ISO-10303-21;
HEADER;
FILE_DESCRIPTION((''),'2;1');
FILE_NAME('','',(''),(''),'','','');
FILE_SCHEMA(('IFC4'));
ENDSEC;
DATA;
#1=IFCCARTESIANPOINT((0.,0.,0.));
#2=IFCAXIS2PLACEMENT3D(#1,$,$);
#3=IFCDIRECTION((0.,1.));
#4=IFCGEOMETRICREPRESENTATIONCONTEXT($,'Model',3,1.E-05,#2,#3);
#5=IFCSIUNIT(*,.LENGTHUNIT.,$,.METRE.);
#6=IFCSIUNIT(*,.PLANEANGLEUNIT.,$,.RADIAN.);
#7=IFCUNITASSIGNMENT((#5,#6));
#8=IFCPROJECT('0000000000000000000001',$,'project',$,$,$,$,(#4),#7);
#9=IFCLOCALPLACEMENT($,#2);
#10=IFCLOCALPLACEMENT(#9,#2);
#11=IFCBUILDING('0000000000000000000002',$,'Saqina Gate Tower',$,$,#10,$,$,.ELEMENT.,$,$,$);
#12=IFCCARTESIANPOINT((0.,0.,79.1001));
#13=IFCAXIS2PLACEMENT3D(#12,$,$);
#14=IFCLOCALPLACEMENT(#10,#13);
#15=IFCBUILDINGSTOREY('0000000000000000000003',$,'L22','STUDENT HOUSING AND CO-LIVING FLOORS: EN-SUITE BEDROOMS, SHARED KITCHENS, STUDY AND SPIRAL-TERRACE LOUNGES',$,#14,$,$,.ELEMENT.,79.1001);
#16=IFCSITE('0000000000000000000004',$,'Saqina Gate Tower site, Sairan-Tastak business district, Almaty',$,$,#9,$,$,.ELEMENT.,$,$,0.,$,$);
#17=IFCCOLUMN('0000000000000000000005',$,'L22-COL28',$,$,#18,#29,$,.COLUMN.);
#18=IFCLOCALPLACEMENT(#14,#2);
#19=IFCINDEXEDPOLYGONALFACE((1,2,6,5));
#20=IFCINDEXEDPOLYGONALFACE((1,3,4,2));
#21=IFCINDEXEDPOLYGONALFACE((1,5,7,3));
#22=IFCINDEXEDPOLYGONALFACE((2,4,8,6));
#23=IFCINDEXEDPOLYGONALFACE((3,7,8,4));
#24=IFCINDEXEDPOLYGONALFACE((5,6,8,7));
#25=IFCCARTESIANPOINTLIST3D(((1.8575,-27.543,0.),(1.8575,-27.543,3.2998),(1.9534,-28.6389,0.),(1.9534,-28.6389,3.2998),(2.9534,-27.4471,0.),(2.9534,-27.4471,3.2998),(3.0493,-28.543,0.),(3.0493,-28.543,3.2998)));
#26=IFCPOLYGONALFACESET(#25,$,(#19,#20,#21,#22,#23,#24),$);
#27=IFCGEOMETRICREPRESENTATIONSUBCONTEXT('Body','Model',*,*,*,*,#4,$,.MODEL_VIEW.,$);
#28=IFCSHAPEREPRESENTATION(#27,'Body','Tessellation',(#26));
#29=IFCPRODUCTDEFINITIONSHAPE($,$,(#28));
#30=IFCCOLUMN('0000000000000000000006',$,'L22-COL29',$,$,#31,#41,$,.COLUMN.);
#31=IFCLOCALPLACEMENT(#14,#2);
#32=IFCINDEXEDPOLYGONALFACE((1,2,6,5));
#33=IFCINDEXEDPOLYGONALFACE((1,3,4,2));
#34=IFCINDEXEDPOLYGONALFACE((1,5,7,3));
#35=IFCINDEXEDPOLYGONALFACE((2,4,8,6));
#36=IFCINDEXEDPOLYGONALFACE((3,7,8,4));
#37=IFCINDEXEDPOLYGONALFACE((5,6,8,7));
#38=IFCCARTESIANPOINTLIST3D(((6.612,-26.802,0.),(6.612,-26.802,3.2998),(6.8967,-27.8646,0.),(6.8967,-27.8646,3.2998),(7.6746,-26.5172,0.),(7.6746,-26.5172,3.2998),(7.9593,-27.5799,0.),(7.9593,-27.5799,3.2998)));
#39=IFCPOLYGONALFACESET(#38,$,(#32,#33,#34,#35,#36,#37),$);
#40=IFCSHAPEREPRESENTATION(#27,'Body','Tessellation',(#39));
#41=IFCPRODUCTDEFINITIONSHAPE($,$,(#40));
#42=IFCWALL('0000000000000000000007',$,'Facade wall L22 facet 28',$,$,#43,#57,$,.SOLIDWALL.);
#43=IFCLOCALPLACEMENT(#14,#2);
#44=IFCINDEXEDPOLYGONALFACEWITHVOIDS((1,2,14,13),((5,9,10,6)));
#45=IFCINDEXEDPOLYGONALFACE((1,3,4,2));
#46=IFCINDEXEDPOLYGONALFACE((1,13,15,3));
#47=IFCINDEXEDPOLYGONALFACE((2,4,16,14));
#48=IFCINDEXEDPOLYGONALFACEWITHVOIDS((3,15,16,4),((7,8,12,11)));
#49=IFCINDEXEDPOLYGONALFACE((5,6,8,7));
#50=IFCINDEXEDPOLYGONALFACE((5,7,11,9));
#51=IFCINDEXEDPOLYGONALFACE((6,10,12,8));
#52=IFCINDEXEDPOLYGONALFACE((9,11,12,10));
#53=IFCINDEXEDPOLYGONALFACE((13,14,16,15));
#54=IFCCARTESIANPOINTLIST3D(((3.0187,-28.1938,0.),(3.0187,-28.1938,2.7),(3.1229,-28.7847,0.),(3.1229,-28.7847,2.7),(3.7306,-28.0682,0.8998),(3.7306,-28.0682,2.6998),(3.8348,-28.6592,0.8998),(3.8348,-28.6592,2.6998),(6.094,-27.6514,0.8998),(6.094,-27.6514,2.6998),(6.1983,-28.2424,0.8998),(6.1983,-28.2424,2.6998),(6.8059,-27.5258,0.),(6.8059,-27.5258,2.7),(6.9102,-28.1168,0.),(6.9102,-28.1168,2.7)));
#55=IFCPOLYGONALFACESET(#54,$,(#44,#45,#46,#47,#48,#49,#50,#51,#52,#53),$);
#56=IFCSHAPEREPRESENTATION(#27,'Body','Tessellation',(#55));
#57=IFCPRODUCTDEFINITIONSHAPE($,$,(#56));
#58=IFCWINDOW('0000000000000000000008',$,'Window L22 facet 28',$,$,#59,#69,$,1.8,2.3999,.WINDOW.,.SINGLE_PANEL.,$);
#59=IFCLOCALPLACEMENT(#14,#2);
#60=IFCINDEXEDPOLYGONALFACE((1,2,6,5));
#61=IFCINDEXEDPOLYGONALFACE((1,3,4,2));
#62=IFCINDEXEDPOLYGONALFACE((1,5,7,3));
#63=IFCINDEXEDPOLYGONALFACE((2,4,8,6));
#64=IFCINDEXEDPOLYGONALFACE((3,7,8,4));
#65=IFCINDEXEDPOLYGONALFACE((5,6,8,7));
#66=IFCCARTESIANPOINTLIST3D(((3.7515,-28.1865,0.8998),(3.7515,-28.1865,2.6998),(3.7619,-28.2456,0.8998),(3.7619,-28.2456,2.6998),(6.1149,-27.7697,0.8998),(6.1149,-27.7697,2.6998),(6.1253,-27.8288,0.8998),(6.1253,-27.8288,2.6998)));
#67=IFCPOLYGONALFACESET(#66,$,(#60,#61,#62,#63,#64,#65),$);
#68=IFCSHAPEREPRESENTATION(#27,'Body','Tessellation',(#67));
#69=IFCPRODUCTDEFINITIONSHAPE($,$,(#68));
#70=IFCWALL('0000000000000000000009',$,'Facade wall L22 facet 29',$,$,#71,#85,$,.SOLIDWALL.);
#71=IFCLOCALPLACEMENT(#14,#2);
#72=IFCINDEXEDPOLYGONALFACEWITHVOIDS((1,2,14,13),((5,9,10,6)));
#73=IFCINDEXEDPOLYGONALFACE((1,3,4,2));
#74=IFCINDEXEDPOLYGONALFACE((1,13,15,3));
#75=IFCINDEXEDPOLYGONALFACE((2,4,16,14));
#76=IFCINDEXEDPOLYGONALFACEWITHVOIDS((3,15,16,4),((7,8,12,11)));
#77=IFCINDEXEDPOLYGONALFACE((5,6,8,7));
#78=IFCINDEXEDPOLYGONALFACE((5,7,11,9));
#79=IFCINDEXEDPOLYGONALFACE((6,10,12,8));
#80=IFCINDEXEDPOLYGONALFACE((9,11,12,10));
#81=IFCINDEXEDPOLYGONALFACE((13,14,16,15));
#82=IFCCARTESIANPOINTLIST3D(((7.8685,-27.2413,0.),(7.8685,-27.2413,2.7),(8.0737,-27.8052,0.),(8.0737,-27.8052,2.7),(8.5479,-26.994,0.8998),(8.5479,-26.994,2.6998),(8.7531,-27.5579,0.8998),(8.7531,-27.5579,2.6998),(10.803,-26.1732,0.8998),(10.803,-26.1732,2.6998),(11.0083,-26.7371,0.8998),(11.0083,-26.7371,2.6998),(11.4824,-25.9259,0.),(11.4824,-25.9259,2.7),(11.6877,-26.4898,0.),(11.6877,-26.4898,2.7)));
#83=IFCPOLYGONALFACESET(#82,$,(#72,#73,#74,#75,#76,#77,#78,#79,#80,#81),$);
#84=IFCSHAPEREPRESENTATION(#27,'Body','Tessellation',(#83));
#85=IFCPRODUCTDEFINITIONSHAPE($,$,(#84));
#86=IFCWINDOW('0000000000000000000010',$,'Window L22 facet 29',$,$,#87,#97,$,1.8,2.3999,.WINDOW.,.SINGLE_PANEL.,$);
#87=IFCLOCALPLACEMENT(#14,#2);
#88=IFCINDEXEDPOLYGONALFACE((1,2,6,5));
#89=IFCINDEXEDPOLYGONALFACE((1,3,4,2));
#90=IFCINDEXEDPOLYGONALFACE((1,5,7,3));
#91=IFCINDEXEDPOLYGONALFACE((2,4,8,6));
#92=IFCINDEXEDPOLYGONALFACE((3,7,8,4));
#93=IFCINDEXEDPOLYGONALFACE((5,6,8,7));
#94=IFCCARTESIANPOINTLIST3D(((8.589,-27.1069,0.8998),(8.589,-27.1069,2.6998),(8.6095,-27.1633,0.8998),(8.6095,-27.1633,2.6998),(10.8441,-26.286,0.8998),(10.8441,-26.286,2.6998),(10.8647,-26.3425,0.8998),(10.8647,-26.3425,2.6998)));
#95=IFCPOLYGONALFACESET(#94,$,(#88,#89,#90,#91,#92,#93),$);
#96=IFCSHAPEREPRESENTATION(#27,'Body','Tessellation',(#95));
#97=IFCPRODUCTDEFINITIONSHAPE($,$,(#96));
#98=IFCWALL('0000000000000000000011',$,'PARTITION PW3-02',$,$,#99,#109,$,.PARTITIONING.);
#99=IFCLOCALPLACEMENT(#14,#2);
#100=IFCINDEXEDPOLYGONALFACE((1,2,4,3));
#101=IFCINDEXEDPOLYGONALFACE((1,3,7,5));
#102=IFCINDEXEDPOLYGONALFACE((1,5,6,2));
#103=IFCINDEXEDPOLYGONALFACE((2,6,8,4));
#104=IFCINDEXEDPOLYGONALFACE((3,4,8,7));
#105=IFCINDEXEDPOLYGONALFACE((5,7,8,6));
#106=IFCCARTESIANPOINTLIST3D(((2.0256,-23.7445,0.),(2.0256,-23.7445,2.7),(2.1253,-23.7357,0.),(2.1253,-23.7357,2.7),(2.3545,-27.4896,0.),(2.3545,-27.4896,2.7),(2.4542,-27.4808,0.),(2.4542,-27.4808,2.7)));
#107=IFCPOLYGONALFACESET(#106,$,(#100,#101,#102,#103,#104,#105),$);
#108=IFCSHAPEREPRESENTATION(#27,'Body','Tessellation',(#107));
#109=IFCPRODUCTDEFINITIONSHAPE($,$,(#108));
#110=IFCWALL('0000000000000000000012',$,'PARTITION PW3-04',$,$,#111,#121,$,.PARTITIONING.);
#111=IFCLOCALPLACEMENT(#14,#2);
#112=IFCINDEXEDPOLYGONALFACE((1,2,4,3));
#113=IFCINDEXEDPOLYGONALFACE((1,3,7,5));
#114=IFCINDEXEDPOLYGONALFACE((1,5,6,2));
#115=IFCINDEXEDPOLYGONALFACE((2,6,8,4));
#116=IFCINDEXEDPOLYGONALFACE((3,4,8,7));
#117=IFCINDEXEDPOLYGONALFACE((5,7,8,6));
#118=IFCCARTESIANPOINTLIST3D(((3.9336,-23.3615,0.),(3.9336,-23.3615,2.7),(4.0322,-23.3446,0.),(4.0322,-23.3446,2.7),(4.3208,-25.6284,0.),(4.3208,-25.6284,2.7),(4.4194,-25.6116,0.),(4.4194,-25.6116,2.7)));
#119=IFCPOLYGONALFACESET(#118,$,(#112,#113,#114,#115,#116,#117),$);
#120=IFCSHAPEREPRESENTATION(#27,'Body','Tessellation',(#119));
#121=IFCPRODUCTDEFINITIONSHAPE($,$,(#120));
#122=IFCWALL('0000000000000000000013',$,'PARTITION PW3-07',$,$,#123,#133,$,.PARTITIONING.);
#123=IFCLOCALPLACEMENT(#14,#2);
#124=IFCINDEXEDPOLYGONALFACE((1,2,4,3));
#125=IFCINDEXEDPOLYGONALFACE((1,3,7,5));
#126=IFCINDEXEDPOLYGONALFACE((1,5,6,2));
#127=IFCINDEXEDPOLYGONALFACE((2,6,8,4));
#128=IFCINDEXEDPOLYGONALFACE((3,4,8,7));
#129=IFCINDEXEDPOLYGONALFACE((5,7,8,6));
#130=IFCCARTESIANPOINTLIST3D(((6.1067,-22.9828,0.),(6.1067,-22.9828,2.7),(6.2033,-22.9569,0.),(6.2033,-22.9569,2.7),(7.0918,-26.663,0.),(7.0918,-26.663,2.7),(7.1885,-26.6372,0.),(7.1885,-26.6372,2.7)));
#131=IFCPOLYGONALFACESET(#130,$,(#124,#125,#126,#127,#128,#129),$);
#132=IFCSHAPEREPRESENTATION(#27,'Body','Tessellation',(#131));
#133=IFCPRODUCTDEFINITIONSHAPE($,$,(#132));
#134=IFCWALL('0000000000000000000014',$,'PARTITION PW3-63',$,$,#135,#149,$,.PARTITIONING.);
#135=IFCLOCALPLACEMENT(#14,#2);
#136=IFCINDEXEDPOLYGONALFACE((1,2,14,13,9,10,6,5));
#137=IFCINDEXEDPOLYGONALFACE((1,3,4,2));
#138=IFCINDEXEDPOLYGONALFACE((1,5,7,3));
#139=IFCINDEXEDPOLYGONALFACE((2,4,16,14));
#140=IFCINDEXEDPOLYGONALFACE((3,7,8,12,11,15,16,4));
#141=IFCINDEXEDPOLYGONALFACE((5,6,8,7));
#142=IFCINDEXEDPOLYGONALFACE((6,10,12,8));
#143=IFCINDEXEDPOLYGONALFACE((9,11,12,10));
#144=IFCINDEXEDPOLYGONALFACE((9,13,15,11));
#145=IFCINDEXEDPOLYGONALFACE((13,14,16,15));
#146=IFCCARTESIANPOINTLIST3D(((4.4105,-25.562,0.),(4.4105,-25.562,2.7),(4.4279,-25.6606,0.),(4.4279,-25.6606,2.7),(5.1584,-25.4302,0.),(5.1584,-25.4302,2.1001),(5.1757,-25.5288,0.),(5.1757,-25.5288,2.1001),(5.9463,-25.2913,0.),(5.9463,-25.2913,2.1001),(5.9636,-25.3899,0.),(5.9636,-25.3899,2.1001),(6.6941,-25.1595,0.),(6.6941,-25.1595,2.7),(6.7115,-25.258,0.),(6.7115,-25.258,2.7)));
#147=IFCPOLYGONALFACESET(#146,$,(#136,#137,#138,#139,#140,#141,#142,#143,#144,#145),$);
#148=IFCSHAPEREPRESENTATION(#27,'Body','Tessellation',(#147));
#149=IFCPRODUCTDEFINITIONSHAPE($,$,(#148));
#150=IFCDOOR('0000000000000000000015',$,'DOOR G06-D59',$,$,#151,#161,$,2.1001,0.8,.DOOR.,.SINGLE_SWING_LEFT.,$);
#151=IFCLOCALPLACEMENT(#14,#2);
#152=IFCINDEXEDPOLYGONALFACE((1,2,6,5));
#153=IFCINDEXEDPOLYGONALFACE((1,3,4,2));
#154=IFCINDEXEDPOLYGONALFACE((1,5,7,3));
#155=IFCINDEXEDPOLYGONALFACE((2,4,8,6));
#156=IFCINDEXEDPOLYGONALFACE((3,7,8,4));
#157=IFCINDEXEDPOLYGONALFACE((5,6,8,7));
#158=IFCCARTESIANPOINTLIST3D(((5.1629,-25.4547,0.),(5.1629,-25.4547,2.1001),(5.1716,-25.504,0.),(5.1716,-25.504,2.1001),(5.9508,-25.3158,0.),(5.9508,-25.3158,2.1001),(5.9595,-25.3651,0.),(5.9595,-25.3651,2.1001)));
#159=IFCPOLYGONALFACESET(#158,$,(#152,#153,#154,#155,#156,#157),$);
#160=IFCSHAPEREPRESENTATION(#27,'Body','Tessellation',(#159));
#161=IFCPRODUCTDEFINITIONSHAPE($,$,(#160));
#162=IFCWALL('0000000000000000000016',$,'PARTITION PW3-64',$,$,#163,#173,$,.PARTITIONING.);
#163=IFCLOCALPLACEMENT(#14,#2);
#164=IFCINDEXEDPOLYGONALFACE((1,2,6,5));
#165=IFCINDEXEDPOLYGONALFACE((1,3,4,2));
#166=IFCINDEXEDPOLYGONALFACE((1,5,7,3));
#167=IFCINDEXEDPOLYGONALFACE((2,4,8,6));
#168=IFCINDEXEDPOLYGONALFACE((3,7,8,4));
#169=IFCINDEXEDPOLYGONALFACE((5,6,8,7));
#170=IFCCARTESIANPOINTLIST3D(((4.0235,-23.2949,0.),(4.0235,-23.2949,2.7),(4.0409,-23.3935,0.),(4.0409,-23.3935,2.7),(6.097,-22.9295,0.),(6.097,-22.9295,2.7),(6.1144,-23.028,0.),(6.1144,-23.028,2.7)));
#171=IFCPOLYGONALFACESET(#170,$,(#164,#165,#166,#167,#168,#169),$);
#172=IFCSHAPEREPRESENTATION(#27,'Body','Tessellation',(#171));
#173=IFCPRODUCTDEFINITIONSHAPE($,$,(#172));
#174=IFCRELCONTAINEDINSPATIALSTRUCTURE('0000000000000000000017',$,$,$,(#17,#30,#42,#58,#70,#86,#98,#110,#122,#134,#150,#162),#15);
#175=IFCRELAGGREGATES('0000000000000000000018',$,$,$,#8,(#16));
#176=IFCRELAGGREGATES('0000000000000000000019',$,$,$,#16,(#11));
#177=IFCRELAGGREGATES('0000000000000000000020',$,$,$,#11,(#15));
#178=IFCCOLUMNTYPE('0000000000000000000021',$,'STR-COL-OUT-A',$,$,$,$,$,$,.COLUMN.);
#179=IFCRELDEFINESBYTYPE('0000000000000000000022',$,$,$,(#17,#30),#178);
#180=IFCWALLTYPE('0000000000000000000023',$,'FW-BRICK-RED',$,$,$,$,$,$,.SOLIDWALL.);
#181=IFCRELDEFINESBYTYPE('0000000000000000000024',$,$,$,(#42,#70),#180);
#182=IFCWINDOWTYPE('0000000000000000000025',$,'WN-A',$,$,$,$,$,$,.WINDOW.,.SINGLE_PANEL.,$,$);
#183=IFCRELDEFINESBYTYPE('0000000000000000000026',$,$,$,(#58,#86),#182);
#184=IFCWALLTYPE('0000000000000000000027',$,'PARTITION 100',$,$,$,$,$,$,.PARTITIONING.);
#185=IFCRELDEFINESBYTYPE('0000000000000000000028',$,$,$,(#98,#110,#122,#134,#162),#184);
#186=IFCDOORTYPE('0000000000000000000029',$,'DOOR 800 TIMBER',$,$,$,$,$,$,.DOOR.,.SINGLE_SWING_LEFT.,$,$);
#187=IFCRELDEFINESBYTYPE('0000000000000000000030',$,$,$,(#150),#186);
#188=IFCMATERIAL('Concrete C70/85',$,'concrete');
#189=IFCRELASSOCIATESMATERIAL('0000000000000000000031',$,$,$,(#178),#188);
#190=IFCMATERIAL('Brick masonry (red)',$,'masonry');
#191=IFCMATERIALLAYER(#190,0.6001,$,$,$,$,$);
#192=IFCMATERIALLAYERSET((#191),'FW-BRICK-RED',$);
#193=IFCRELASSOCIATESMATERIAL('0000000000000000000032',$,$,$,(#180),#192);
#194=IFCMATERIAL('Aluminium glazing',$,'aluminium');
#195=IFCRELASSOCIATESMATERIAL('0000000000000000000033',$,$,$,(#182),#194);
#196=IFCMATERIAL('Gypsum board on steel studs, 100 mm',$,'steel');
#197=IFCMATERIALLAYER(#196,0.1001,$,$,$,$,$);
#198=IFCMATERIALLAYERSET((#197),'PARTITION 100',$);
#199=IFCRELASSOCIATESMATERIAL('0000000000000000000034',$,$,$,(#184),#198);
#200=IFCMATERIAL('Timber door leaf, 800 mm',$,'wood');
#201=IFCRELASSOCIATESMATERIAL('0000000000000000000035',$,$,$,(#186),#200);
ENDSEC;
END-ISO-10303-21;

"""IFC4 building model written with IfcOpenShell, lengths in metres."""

from ifc_helpers import new_model, si_unit, direction, frame, frame_2d, origin, origin_2d, place, context, subcontext, project, spatial, rectangle, extrude, material, layer, layer_set, material_profile, profile_set, type_object, element, fill, save


model = new_model("IFC4")

# Units and contexts
model_context = context("Model", 3, precision=1e-05, world=origin(), true_north=direction((0.0, 1.0)))
body_context = subcontext(model_context, "Body", "Model", "MODEL_VIEW")
ifc_project = project(units=[si_unit("LENGTHUNIT", "METRE"), si_unit("PLANEANGLEUNIT", "RADIAN")], contexts=[model_context])

# Site, building, storey
site_placement = place(None, origin())
site = spatial("IfcSite", under=ifc_project, at=site_placement, Name="Saqina Gate Tower site, Sairan-Tastak business district, Almaty", CompositionType="ELEMENT", RefElevation=0.0)
building_placement = place(site_placement, origin())
building = spatial("IfcBuilding", under=site, at=building_placement, Name="Saqina Gate Tower", CompositionType="ELEMENT")
storey_placement = place(building_placement, frame((0.0, 0.0, 79.1001)))
storey = spatial("IfcBuildingStorey", under=building, at=storey_placement, Name="L22", Description="STUDENT HOUSING AND CO-LIVING FLOORS: EN-SUITE BEDROOMS, SHARED KITCHENS, STUDY AND SPIRAL-TERRACE LOUNGES", CompositionType="ELEMENT", Elevation=79.1001)

# Columns
ifc_material_1 = material(Name="Concrete C70/85", Category="concrete")
ifc_material_profile = material_profile(ifc_material_1, rectangle(XDim=1.1001, YDim=1.1001, at=origin_2d()), Name="RC 1100x1100")
ifc_profile_set = profile_set([ifc_material_profile], Name="Concrete C70/85")
column_type = type_object("IfcColumnType", Name="STR-COL-OUT-A", PredefinedType="COLUMN", material=ifc_profile_set)
for number, where, z_axis, x_axis, name in (
    (1, (2.4534, -28.043, 0.0), (0.0, 0.0, 1.0), (0.087156, -0.996195, 0.0), "L22-COL28"),
    (2, (7.2856, -27.1909, 0.0), (0.0, 0.0, 1.0), (0.258819, -0.965926, 0.0), "L22-COL29"),
):
    element("IfcColumn", number, at=place(storey_placement, frame(where, z_axis=z_axis, x_axis=x_axis)), inside=storey, type_object=column_type, Name=name, PredefinedType="COLUMN", context=body_context, shape_type="SweptSolid", body=[
        extrude(rectangle(XDim=1.1001, YDim=1.1001, at=origin_2d()), origin(), (0.0, 0.0, 1.0), 3.2998),
    ])

# Walls, openings, windows
ifc_material_2 = material(Name="Brick masonry (red)", Category="masonry")
ifc_layer_1 = layer(ifc_material_2, 0.6001)
ifc_layer_set_1 = layer_set([ifc_layer_1], Name="FW-BRICK-RED")
wall_type_1 = type_object("IfcWallType", Name="FW-BRICK-RED", PredefinedType="SOLIDWALL", material=ifc_layer_set_1)
wall_1_placement = place(storey_placement, frame((3.0708, -28.4893, 0.0), z_axis=(0.0, 0.0, 1.0), x_axis=(0.984801, 0.173688, 0.0)))
wall_1 = element("IfcWall", 3, at=wall_1_placement, inside=storey, type_object=wall_type_1, Name="Facade wall L22 facet 28", PredefinedType="SOLIDWALL", context=body_context, shape_type="SweptSolid", body=[
    extrude(rectangle(XDim=3.8457, YDim=0.6001, at=frame_2d((1.9229, 0.0))), origin(), (0.0, 0.0, 1.0), 2.7),
])
opening_1_placement = place(wall_1_placement, frame((0.7229, 0.0, 0.8999)))
opening_1 = element("IfcOpeningElement", 4, at=opening_1_placement, cuts=wall_1, PredefinedType="OPENING", context=body_context, shape_type="SweptSolid", body=[
    extrude(rectangle(XDim=2.3999, YDim=1.8, at=frame_2d((1.2, 0.8999))), frame((0.0, 0.312, 0.0), z_axis=(0.0, -1.0, 0.0), x_axis=(1.0, 0.0, 0.0)), (0.0, 0.0, 1.0), 0.624),
])
ifc_material_3 = material(Name="Aluminium glazing", Category="aluminium")
window_type = type_object("IfcWindowType", Name="WN-A", PartitioningType="SINGLE_PANEL", PredefinedType="WINDOW", material=ifc_material_3)
window_1_placement = place(opening_1_placement, origin())
window_1 = element("IfcWindow", 5, at=window_1_placement, inside=storey, type_object=window_type, Name="Window L22 facet 28", OverallHeight=1.8, OverallWidth=2.3999, PartitioningType="SINGLE_PANEL", PredefinedType="WINDOW", context=body_context, shape_type="SweptSolid", body=[
    extrude(rectangle(XDim=2.3999, YDim=1.8, at=frame_2d((1.2, 0.8999))), frame((0.0, 0.1799, 0.0), z_axis=(0.0, -1.0, 0.0), x_axis=(1.0, 0.0, 0.0)), (0.0, 0.0, 1.0), 0.0601),
])
fill(opening_1, window_1)
wall_2_placement = place(storey_placement, frame((7.9712, -27.5232, 0.0), z_axis=(0.0, 0.0, 1.0), x_axis=(0.93969, 0.342028, 0.0)))
wall_2 = element("IfcWall", 6, at=wall_2_placement, inside=storey, type_object=wall_type_1, Name="Facade wall L22 facet 29", PredefinedType="SOLIDWALL", context=body_context, shape_type="SweptSolid", body=[
    extrude(rectangle(XDim=3.8459, YDim=0.6001, at=frame_2d((1.9229, 0.0))), origin(), (0.0, 0.0, 1.0), 2.7),
])
opening_2_placement = place(wall_2_placement, frame((0.7229, 0.0, 0.8999)))
opening_2 = element("IfcOpeningElement", 7, at=opening_2_placement, cuts=wall_2, PredefinedType="OPENING", context=body_context, shape_type="SweptSolid", body=[
    extrude(rectangle(XDim=2.3999, YDim=1.8, at=frame_2d((1.2, 0.8999))), frame((0.0, 0.312, 0.0), z_axis=(0.0, -1.0, 0.0), x_axis=(1.0, 0.0, 0.0)), (0.0, 0.0, 1.0), 0.624),
])
window_2_placement = place(opening_2_placement, origin())
window_2 = element("IfcWindow", 8, at=window_2_placement, inside=storey, type_object=window_type, Name="Window L22 facet 29", OverallHeight=1.8, OverallWidth=2.3999, PartitioningType="SINGLE_PANEL", PredefinedType="WINDOW", context=body_context, shape_type="SweptSolid", body=[
    extrude(rectangle(XDim=2.3999, YDim=1.8, at=frame_2d((1.2, 0.8999))), frame((0.0, 0.1799, 0.0), z_axis=(0.0, -1.0, 0.0), x_axis=(1.0, 0.0, 0.0)), (0.0, 0.0, 1.0), 0.0601),
])
fill(opening_2, window_2)

# Walls
ifc_material_4 = material(Name="Gypsum board on steel studs, 100 mm", Category="steel")
ifc_layer_2 = layer(ifc_material_4, 0.1001)
ifc_layer_set_2 = layer_set([ifc_layer_2], Name="PARTITION 100")
wall_type_2 = type_object("IfcWallType", Name="PARTITION 100", PredefinedType="PARTITIONING", material=ifc_layer_set_2)
wall_3_placement = place(storey_placement, frame((2.0754, -23.74, 0.0), z_axis=(0.0, 0.0, 1.0), x_axis=(0.087473, -0.996167, 0.0)))
element("IfcWall", 9, at=wall_3_placement, inside=storey, type_object=wall_type_2, Name="PARTITION PW3-02", PredefinedType="PARTITIONING", context=body_context, shape_type="SweptSolid", body=[
    extrude(rectangle(XDim=3.7595, YDim=0.1001, at=frame_2d((1.8799, 0.0))), origin(), (0.0, 0.0, 1.0), 2.7),
])
wall_4_placement = place(storey_placement, frame((3.9829, -23.353, 0.0), z_axis=(0.0, 0.0, 1.0), x_axis=(0.168357, -0.985726, 0.0)))
element("IfcWall", 10, at=wall_4_placement, inside=storey, type_object=wall_type_2, Name="PARTITION PW3-04", PredefinedType="PARTITIONING", context=body_context, shape_type="SweptSolid", body=[
    extrude(rectangle(XDim=2.2998, YDim=0.1001, at=frame_2d((1.1499, 0.0))), origin(), (0.0, 0.0, 1.0), 2.7),
])
wall_5_placement = place(storey_placement, frame((6.155, -22.97, 0.0), z_axis=(0.0, 0.0, 1.0), x_axis=(0.258576, -0.965991, 0.0)))
element("IfcWall", 11, at=wall_5_placement, inside=storey, type_object=wall_type_2, Name="PARTITION PW3-07", PredefinedType="PARTITIONING", context=body_context, shape_type="SweptSolid", body=[
    extrude(rectangle(XDim=3.8098, YDim=0.1001, at=frame_2d((1.9048, 0.0))), origin(), (0.0, 0.0, 1.0), 2.7),
])

# Wall, opening, door
wall_6_placement = place(storey_placement, frame((4.4192, -25.6113, 0.0), z_axis=(0.0, 0.0, 1.0), x_axis=(0.984814, 0.173611, 0.0)))
wall_6 = element("IfcWall", 12, at=wall_6_placement, inside=storey, type_object=wall_type_2, Name="PARTITION PW3-63", PredefinedType="PARTITIONING", context=body_context, shape_type="SweptSolid", body=[
    extrude(rectangle(XDim=2.3188, YDim=0.1001, at=frame_2d((1.1594, 0.0))), origin(), (0.0, 0.0, 1.0), 2.7),
])
opening_3_placement = place(wall_6_placement, frame((0.7595, 0.0, 0.0)))
opening_3 = element("IfcOpeningElement", 13, at=opening_3_placement, cuts=wall_6, PredefinedType="OPENING", context=body_context, shape_type="SweptSolid", body=[
    extrude(rectangle(XDim=0.8, YDim=2.1001, at=frame_2d((0.3999, 1.05))), frame((0.0, 0.062, 0.0), z_axis=(0.0, -1.0, 0.0), x_axis=(1.0, 0.0, 0.0)), (0.0, 0.0, 1.0), 0.124),
])
ifc_material_5 = material(Name="Timber door leaf, 800 mm", Category="wood")
door_type_1 = type_object("IfcDoorType", Name="DOOR 800 TIMBER", OperationType="SINGLE_SWING_LEFT", PredefinedType="DOOR", material=ifc_material_5)
door_1_placement = place(opening_3_placement, frame((0.8, 0.0, 0.0), z_axis=(0.0, 0.0, 1.0), x_axis=(-1.0, 0.0, 0.0)))
door_1 = element("IfcDoor", 14, at=door_1_placement, inside=storey, type_object=door_type_1, Name="DOOR G06-D59", OperationType="SINGLE_SWING_LEFT", OverallHeight=2.1001, OverallWidth=0.8, PredefinedType="DOOR", context=body_context, shape_type="SweptSolid", body=[
    extrude(rectangle(XDim=0.8, YDim=2.1001, at=frame_2d((0.3999, 1.05))), frame((0.0, 0.0249, 0.0), z_axis=(0.0, -1.0, 0.0), x_axis=(1.0, 0.0, 0.0)), (0.0, 0.0, 1.0), 0.05),
])
fill(opening_3, door_1)

# Wall
wall_7_placement = place(storey_placement, frame((4.0322, -23.3442, 0.0), z_axis=(0.0, 0.0, 1.0), x_axis=(0.984819, 0.173587, 0.0)))
element("IfcWall", 15, at=wall_7_placement, inside=storey, type_object=wall_type_2, Name="PARTITION PW3-64", PredefinedType="PARTITIONING", context=body_context, shape_type="SweptSolid", body=[
    extrude(rectangle(XDim=2.1055, YDim=0.1001, at=frame_2d((1.0527, 0.0))), origin(), (0.0, 0.0, 1.0), 2.7),
])

save(model, "model.ifc")
